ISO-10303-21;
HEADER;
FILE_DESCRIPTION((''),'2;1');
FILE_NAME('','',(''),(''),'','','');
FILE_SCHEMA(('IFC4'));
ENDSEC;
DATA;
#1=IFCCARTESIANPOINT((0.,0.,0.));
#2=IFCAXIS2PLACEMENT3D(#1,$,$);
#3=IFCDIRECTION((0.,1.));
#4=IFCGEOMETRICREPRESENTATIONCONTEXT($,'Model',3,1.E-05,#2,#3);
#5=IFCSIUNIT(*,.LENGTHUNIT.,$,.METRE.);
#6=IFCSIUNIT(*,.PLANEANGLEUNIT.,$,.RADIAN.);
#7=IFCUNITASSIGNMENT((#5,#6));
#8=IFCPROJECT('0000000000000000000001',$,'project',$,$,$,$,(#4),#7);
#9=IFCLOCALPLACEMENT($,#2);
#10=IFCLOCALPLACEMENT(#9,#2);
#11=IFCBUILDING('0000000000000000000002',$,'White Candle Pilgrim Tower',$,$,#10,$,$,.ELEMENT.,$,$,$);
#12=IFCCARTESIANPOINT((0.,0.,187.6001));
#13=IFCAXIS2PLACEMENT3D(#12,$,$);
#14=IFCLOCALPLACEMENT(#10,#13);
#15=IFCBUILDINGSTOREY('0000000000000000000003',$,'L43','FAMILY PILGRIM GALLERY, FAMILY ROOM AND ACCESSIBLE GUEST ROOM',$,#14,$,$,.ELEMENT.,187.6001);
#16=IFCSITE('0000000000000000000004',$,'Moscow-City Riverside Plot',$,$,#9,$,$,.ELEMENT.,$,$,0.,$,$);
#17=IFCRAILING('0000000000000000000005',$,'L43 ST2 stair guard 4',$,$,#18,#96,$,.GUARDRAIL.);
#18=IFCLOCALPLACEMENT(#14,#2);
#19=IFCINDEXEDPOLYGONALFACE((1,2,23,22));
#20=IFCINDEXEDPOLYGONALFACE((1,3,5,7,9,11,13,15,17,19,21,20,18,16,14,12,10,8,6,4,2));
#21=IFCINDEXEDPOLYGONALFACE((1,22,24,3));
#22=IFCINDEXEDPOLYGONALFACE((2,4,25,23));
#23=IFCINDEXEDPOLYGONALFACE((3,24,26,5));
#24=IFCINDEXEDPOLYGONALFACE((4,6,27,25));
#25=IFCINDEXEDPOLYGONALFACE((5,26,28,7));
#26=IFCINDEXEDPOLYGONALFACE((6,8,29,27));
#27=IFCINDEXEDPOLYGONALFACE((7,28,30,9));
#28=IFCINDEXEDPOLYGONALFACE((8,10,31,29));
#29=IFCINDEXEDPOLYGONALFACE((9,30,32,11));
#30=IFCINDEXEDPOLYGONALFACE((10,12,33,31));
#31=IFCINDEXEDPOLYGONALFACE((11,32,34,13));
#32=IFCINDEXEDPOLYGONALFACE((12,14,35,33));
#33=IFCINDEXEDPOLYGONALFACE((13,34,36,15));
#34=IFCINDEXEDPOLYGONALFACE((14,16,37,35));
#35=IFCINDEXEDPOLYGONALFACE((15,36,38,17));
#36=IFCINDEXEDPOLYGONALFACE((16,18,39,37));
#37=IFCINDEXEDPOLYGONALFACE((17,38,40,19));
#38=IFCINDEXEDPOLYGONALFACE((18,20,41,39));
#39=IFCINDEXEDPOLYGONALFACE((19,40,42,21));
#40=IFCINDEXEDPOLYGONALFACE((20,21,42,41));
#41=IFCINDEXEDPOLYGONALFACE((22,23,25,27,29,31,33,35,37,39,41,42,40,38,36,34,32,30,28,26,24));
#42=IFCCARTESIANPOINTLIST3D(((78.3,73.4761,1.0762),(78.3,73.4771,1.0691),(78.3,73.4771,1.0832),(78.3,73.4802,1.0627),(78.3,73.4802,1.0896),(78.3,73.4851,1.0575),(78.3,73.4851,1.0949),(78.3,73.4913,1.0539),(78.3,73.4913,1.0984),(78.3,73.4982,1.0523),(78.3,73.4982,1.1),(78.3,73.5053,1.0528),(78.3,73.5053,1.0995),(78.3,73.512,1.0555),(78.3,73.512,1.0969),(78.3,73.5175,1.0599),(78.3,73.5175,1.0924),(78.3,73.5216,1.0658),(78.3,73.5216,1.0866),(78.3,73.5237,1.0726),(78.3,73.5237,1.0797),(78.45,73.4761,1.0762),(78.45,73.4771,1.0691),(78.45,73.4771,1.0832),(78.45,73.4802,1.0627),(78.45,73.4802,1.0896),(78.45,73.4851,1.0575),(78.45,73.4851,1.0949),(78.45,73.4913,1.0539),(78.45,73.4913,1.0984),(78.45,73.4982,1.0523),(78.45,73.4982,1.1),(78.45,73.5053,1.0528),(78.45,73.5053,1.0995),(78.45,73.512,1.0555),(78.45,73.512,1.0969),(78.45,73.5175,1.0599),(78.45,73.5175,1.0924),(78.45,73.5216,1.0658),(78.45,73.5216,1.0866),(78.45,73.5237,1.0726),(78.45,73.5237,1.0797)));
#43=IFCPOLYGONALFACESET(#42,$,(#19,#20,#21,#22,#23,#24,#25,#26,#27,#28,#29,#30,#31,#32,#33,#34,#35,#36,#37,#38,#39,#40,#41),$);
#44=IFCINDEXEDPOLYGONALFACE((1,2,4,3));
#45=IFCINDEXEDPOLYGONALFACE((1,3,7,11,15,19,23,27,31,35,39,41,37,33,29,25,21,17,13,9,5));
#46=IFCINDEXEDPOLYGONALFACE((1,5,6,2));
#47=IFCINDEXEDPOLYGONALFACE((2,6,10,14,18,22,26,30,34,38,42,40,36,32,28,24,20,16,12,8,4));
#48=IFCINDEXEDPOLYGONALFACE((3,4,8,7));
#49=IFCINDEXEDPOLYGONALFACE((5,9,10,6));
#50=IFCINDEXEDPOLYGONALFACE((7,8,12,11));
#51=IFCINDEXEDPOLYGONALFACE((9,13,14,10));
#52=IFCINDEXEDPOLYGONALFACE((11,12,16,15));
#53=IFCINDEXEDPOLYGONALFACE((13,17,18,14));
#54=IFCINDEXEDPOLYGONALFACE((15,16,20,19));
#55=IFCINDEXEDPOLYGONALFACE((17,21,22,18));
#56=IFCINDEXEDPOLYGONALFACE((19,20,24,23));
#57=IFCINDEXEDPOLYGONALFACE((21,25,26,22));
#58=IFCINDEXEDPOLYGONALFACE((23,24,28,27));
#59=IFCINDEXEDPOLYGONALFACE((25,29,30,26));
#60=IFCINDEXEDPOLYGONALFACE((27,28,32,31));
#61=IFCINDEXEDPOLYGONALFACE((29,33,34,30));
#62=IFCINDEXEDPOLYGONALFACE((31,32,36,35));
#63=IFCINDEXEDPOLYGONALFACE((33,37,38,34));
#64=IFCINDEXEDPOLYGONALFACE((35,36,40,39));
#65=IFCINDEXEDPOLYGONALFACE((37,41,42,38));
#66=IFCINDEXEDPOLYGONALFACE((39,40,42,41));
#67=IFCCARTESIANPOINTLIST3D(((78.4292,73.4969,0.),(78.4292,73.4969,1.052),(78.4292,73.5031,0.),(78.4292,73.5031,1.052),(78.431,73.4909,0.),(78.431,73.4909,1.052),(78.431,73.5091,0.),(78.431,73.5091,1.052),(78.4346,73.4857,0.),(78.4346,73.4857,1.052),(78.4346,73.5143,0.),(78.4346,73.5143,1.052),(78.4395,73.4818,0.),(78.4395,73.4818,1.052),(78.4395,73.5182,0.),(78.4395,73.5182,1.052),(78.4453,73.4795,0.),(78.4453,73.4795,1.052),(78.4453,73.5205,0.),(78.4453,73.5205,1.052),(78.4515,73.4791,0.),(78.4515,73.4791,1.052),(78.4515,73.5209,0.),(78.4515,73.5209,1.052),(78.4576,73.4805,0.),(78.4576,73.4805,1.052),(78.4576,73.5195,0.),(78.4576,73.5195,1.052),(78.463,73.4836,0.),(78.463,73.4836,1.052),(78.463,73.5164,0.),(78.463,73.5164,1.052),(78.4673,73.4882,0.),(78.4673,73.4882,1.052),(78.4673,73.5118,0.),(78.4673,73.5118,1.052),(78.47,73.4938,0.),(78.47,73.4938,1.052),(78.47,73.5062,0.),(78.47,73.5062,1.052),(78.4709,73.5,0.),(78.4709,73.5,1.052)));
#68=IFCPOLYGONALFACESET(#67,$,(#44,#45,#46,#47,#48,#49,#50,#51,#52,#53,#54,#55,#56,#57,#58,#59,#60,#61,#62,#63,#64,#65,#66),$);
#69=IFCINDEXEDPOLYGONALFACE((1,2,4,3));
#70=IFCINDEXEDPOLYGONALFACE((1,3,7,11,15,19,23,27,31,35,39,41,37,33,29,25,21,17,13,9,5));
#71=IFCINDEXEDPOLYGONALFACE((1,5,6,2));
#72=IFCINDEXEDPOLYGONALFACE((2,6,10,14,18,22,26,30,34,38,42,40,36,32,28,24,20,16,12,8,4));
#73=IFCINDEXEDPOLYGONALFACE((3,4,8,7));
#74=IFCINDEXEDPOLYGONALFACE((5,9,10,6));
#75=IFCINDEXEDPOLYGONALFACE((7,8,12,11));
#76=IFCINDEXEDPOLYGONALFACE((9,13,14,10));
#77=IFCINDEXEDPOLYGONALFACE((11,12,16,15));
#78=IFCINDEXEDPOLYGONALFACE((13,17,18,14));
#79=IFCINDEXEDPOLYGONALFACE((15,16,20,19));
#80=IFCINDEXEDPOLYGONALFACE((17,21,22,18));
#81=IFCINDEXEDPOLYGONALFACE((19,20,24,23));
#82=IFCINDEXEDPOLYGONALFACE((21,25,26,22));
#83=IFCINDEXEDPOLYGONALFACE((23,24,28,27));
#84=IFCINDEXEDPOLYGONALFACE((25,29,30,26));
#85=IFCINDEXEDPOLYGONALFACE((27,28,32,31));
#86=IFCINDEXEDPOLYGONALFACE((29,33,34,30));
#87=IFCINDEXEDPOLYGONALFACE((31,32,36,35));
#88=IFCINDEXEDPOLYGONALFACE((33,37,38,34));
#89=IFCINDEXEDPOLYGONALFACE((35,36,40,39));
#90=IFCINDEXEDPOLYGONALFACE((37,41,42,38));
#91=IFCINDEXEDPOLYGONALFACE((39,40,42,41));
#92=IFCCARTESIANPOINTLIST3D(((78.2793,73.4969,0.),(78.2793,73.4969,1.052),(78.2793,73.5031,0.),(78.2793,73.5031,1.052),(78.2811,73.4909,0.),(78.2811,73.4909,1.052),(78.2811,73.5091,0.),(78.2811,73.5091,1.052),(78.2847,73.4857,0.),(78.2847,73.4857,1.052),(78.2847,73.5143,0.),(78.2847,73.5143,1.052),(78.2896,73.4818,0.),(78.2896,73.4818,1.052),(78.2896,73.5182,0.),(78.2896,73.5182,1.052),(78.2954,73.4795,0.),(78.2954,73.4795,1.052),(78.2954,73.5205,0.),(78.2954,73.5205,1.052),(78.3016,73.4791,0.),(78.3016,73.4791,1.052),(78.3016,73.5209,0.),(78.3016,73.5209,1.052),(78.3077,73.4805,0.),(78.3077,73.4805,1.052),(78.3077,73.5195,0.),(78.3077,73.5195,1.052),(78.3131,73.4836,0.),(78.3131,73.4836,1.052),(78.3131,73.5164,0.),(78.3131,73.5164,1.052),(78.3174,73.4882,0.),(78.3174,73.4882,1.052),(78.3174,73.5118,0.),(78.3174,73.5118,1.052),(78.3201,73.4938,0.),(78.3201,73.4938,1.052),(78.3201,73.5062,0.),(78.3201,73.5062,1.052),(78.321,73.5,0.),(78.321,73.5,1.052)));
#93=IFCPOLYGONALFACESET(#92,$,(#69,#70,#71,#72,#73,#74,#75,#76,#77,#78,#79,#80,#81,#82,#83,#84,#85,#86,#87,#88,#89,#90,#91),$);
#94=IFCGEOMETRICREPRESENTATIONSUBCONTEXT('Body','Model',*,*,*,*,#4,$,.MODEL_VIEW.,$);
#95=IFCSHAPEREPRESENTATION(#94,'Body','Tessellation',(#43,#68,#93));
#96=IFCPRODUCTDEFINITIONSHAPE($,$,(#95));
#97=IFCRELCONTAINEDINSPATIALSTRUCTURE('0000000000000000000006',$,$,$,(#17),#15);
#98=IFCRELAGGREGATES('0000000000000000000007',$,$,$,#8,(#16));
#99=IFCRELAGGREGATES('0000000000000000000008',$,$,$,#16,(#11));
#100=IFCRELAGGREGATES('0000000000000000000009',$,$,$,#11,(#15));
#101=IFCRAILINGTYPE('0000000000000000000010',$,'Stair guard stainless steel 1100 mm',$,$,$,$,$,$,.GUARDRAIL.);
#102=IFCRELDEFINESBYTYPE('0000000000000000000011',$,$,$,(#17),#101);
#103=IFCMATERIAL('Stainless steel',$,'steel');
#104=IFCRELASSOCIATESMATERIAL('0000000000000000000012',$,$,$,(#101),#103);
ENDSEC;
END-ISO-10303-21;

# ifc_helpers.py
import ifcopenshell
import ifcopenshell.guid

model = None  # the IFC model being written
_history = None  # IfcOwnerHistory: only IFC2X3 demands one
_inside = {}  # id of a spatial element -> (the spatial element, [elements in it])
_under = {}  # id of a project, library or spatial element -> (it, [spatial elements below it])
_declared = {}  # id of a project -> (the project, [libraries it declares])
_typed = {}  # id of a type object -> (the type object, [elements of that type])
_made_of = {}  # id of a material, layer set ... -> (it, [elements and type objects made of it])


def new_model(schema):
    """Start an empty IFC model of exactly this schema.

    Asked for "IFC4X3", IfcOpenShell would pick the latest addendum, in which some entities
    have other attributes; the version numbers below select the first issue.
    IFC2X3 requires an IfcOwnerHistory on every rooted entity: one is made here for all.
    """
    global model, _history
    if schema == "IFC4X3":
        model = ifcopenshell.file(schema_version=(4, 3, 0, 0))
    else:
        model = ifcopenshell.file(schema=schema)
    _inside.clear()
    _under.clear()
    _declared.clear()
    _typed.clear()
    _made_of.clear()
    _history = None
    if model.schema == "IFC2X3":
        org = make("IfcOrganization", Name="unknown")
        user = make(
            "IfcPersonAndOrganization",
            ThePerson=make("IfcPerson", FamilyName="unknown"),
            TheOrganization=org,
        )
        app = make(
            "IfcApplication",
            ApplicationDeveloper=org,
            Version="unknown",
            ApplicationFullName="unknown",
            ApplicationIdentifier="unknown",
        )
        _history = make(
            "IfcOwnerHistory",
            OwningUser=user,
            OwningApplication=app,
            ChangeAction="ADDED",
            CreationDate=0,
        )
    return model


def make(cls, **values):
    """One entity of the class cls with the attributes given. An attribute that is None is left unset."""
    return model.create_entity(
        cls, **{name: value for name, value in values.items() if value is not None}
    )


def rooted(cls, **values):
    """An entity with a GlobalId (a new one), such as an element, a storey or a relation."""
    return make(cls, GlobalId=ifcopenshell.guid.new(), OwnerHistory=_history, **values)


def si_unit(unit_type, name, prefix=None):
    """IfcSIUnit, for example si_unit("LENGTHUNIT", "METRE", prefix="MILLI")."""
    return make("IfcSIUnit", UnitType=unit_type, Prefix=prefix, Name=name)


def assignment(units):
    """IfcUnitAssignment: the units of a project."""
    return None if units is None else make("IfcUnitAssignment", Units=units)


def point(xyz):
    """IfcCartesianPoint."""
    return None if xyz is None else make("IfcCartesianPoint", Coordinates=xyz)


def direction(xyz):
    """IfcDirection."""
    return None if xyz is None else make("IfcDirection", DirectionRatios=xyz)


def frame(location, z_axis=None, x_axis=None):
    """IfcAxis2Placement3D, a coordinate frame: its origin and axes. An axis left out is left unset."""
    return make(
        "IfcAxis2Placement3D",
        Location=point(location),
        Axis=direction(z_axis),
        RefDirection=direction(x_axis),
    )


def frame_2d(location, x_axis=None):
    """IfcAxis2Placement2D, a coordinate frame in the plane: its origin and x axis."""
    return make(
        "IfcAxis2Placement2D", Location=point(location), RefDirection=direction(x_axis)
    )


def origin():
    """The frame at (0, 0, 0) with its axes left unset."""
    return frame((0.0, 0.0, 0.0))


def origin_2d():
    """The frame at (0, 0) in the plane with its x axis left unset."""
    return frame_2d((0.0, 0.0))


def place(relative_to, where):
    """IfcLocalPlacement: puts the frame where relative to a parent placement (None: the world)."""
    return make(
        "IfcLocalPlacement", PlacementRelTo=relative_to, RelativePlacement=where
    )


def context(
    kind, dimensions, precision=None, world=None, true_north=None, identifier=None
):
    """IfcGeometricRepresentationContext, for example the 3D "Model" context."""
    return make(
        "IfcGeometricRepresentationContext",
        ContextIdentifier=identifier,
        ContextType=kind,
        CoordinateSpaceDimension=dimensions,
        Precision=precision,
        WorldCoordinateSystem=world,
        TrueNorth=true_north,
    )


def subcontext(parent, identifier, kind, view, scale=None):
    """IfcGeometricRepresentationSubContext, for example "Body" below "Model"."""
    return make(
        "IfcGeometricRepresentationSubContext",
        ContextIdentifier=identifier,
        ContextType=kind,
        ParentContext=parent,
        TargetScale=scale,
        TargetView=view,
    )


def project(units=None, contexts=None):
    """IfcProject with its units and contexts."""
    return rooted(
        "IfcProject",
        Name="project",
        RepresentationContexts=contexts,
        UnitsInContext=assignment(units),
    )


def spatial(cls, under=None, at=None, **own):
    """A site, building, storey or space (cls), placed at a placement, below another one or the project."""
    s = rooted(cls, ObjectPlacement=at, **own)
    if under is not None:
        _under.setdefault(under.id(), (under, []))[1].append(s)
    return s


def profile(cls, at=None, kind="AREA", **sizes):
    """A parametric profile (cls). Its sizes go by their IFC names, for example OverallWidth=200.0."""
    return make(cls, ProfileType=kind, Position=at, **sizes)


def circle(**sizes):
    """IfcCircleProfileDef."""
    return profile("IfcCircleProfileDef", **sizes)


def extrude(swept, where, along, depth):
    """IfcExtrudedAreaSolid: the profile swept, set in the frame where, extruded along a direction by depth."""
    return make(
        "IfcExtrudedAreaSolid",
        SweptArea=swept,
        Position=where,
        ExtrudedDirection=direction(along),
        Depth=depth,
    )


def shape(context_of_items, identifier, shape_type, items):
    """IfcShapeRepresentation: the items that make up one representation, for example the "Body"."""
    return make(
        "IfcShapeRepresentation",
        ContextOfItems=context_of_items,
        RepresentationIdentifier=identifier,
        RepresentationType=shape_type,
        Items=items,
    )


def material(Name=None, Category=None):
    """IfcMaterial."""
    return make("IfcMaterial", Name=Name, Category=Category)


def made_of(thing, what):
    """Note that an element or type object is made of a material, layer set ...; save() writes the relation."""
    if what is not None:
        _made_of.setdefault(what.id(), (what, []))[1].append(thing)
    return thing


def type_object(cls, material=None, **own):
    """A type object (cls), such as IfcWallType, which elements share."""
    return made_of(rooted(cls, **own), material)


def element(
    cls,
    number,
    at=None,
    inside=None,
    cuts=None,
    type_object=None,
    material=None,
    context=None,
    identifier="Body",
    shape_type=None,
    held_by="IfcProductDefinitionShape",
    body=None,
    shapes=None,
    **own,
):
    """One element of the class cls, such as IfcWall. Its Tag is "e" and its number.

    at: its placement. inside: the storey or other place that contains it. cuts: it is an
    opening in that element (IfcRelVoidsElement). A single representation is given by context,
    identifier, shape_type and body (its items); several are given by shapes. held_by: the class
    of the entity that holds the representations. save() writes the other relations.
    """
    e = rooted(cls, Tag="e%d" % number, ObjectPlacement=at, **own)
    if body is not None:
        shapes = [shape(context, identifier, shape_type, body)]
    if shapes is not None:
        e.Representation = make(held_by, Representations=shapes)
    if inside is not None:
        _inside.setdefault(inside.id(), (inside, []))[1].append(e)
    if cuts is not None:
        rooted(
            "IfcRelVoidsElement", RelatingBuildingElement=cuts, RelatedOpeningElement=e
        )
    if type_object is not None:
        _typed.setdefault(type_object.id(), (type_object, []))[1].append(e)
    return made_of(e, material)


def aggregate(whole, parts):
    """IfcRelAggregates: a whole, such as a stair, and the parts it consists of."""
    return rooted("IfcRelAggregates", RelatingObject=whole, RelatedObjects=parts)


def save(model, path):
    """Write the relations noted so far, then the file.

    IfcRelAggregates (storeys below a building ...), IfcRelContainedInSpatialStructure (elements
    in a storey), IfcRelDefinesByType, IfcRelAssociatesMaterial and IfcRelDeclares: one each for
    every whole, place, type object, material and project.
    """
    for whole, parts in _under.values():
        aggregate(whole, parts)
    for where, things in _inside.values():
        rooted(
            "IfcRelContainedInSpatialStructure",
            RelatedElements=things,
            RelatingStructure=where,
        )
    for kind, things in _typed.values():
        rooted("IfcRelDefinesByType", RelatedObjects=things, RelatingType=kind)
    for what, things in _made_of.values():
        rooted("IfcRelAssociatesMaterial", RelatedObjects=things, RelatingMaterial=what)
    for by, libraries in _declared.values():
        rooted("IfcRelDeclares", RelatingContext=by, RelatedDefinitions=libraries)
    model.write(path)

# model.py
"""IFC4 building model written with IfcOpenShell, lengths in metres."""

from ifc_helpers import new_model, si_unit, direction, frame, origin, origin_2d, place, context, subcontext, project, spatial, circle, extrude, material, type_object, element, save


model = new_model("IFC4")

# Units and contexts
model_context = context("Model", 3, precision=1e-05, world=origin(), true_north=direction((0.0, 1.0)))
body_context = subcontext(model_context, "Body", "Model", "MODEL_VIEW")
ifc_project = project(units=[si_unit("LENGTHUNIT", "METRE"), si_unit("PLANEANGLEUNIT", "RADIAN")], contexts=[model_context])

# Site, building, storey
site_placement = place(None, origin())
site = spatial("IfcSite", under=ifc_project, at=site_placement, Name="Moscow-City Riverside Plot", CompositionType="ELEMENT", RefElevation=0.0)
building_placement = place(site_placement, origin())
building = spatial("IfcBuilding", under=site, at=building_placement, Name="White Candle Pilgrim Tower", CompositionType="ELEMENT")
storey_placement = place(building_placement, frame((0.0, 0.0, 187.6001)))
storey = spatial("IfcBuildingStorey", under=building, at=storey_placement, Name="L43", Description="FAMILY PILGRIM GALLERY, FAMILY ROOM AND ACCESSIBLE GUEST ROOM", CompositionType="ELEMENT", Elevation=187.6001)

# Railing
ifc_material_1 = material(Name="Stainless steel", Category="steel")
railing_type_1 = type_object("IfcRailingType", Name="Stair guard stainless steel 1100 mm", PredefinedType="GUARDRAIL", material=ifc_material_1)
railing_1_placement = place(storey_placement, frame((78.45, 73.5, 0.0)))
element("IfcRailing", 1, at=railing_1_placement, inside=storey, type_object=railing_type_1, Name="L43 ST2 stair guard 4", PredefinedType="GUARDRAIL", context=body_context, shape_type="SweptSolid", body=[
    extrude(circle(Radius=0.0239, at=origin_2d()), frame((0.0, 0.0, 1.0762), z_axis=(-1.0, 0.0, 0.0), x_axis=(0.0, -1.0, 0.0)), (0.0, 0.0, 1.0), 0.1499),
    extrude(circle(Radius=0.021, at=origin_2d()), origin(), (0.0, 0.0, 1.0), 1.052),
    extrude(circle(Radius=0.021, at=origin_2d()), frame((-0.1499, 0.0, 0.0)), (0.0, 0.0, 1.0), 1.052),
])

save(model, "model.ifc")
